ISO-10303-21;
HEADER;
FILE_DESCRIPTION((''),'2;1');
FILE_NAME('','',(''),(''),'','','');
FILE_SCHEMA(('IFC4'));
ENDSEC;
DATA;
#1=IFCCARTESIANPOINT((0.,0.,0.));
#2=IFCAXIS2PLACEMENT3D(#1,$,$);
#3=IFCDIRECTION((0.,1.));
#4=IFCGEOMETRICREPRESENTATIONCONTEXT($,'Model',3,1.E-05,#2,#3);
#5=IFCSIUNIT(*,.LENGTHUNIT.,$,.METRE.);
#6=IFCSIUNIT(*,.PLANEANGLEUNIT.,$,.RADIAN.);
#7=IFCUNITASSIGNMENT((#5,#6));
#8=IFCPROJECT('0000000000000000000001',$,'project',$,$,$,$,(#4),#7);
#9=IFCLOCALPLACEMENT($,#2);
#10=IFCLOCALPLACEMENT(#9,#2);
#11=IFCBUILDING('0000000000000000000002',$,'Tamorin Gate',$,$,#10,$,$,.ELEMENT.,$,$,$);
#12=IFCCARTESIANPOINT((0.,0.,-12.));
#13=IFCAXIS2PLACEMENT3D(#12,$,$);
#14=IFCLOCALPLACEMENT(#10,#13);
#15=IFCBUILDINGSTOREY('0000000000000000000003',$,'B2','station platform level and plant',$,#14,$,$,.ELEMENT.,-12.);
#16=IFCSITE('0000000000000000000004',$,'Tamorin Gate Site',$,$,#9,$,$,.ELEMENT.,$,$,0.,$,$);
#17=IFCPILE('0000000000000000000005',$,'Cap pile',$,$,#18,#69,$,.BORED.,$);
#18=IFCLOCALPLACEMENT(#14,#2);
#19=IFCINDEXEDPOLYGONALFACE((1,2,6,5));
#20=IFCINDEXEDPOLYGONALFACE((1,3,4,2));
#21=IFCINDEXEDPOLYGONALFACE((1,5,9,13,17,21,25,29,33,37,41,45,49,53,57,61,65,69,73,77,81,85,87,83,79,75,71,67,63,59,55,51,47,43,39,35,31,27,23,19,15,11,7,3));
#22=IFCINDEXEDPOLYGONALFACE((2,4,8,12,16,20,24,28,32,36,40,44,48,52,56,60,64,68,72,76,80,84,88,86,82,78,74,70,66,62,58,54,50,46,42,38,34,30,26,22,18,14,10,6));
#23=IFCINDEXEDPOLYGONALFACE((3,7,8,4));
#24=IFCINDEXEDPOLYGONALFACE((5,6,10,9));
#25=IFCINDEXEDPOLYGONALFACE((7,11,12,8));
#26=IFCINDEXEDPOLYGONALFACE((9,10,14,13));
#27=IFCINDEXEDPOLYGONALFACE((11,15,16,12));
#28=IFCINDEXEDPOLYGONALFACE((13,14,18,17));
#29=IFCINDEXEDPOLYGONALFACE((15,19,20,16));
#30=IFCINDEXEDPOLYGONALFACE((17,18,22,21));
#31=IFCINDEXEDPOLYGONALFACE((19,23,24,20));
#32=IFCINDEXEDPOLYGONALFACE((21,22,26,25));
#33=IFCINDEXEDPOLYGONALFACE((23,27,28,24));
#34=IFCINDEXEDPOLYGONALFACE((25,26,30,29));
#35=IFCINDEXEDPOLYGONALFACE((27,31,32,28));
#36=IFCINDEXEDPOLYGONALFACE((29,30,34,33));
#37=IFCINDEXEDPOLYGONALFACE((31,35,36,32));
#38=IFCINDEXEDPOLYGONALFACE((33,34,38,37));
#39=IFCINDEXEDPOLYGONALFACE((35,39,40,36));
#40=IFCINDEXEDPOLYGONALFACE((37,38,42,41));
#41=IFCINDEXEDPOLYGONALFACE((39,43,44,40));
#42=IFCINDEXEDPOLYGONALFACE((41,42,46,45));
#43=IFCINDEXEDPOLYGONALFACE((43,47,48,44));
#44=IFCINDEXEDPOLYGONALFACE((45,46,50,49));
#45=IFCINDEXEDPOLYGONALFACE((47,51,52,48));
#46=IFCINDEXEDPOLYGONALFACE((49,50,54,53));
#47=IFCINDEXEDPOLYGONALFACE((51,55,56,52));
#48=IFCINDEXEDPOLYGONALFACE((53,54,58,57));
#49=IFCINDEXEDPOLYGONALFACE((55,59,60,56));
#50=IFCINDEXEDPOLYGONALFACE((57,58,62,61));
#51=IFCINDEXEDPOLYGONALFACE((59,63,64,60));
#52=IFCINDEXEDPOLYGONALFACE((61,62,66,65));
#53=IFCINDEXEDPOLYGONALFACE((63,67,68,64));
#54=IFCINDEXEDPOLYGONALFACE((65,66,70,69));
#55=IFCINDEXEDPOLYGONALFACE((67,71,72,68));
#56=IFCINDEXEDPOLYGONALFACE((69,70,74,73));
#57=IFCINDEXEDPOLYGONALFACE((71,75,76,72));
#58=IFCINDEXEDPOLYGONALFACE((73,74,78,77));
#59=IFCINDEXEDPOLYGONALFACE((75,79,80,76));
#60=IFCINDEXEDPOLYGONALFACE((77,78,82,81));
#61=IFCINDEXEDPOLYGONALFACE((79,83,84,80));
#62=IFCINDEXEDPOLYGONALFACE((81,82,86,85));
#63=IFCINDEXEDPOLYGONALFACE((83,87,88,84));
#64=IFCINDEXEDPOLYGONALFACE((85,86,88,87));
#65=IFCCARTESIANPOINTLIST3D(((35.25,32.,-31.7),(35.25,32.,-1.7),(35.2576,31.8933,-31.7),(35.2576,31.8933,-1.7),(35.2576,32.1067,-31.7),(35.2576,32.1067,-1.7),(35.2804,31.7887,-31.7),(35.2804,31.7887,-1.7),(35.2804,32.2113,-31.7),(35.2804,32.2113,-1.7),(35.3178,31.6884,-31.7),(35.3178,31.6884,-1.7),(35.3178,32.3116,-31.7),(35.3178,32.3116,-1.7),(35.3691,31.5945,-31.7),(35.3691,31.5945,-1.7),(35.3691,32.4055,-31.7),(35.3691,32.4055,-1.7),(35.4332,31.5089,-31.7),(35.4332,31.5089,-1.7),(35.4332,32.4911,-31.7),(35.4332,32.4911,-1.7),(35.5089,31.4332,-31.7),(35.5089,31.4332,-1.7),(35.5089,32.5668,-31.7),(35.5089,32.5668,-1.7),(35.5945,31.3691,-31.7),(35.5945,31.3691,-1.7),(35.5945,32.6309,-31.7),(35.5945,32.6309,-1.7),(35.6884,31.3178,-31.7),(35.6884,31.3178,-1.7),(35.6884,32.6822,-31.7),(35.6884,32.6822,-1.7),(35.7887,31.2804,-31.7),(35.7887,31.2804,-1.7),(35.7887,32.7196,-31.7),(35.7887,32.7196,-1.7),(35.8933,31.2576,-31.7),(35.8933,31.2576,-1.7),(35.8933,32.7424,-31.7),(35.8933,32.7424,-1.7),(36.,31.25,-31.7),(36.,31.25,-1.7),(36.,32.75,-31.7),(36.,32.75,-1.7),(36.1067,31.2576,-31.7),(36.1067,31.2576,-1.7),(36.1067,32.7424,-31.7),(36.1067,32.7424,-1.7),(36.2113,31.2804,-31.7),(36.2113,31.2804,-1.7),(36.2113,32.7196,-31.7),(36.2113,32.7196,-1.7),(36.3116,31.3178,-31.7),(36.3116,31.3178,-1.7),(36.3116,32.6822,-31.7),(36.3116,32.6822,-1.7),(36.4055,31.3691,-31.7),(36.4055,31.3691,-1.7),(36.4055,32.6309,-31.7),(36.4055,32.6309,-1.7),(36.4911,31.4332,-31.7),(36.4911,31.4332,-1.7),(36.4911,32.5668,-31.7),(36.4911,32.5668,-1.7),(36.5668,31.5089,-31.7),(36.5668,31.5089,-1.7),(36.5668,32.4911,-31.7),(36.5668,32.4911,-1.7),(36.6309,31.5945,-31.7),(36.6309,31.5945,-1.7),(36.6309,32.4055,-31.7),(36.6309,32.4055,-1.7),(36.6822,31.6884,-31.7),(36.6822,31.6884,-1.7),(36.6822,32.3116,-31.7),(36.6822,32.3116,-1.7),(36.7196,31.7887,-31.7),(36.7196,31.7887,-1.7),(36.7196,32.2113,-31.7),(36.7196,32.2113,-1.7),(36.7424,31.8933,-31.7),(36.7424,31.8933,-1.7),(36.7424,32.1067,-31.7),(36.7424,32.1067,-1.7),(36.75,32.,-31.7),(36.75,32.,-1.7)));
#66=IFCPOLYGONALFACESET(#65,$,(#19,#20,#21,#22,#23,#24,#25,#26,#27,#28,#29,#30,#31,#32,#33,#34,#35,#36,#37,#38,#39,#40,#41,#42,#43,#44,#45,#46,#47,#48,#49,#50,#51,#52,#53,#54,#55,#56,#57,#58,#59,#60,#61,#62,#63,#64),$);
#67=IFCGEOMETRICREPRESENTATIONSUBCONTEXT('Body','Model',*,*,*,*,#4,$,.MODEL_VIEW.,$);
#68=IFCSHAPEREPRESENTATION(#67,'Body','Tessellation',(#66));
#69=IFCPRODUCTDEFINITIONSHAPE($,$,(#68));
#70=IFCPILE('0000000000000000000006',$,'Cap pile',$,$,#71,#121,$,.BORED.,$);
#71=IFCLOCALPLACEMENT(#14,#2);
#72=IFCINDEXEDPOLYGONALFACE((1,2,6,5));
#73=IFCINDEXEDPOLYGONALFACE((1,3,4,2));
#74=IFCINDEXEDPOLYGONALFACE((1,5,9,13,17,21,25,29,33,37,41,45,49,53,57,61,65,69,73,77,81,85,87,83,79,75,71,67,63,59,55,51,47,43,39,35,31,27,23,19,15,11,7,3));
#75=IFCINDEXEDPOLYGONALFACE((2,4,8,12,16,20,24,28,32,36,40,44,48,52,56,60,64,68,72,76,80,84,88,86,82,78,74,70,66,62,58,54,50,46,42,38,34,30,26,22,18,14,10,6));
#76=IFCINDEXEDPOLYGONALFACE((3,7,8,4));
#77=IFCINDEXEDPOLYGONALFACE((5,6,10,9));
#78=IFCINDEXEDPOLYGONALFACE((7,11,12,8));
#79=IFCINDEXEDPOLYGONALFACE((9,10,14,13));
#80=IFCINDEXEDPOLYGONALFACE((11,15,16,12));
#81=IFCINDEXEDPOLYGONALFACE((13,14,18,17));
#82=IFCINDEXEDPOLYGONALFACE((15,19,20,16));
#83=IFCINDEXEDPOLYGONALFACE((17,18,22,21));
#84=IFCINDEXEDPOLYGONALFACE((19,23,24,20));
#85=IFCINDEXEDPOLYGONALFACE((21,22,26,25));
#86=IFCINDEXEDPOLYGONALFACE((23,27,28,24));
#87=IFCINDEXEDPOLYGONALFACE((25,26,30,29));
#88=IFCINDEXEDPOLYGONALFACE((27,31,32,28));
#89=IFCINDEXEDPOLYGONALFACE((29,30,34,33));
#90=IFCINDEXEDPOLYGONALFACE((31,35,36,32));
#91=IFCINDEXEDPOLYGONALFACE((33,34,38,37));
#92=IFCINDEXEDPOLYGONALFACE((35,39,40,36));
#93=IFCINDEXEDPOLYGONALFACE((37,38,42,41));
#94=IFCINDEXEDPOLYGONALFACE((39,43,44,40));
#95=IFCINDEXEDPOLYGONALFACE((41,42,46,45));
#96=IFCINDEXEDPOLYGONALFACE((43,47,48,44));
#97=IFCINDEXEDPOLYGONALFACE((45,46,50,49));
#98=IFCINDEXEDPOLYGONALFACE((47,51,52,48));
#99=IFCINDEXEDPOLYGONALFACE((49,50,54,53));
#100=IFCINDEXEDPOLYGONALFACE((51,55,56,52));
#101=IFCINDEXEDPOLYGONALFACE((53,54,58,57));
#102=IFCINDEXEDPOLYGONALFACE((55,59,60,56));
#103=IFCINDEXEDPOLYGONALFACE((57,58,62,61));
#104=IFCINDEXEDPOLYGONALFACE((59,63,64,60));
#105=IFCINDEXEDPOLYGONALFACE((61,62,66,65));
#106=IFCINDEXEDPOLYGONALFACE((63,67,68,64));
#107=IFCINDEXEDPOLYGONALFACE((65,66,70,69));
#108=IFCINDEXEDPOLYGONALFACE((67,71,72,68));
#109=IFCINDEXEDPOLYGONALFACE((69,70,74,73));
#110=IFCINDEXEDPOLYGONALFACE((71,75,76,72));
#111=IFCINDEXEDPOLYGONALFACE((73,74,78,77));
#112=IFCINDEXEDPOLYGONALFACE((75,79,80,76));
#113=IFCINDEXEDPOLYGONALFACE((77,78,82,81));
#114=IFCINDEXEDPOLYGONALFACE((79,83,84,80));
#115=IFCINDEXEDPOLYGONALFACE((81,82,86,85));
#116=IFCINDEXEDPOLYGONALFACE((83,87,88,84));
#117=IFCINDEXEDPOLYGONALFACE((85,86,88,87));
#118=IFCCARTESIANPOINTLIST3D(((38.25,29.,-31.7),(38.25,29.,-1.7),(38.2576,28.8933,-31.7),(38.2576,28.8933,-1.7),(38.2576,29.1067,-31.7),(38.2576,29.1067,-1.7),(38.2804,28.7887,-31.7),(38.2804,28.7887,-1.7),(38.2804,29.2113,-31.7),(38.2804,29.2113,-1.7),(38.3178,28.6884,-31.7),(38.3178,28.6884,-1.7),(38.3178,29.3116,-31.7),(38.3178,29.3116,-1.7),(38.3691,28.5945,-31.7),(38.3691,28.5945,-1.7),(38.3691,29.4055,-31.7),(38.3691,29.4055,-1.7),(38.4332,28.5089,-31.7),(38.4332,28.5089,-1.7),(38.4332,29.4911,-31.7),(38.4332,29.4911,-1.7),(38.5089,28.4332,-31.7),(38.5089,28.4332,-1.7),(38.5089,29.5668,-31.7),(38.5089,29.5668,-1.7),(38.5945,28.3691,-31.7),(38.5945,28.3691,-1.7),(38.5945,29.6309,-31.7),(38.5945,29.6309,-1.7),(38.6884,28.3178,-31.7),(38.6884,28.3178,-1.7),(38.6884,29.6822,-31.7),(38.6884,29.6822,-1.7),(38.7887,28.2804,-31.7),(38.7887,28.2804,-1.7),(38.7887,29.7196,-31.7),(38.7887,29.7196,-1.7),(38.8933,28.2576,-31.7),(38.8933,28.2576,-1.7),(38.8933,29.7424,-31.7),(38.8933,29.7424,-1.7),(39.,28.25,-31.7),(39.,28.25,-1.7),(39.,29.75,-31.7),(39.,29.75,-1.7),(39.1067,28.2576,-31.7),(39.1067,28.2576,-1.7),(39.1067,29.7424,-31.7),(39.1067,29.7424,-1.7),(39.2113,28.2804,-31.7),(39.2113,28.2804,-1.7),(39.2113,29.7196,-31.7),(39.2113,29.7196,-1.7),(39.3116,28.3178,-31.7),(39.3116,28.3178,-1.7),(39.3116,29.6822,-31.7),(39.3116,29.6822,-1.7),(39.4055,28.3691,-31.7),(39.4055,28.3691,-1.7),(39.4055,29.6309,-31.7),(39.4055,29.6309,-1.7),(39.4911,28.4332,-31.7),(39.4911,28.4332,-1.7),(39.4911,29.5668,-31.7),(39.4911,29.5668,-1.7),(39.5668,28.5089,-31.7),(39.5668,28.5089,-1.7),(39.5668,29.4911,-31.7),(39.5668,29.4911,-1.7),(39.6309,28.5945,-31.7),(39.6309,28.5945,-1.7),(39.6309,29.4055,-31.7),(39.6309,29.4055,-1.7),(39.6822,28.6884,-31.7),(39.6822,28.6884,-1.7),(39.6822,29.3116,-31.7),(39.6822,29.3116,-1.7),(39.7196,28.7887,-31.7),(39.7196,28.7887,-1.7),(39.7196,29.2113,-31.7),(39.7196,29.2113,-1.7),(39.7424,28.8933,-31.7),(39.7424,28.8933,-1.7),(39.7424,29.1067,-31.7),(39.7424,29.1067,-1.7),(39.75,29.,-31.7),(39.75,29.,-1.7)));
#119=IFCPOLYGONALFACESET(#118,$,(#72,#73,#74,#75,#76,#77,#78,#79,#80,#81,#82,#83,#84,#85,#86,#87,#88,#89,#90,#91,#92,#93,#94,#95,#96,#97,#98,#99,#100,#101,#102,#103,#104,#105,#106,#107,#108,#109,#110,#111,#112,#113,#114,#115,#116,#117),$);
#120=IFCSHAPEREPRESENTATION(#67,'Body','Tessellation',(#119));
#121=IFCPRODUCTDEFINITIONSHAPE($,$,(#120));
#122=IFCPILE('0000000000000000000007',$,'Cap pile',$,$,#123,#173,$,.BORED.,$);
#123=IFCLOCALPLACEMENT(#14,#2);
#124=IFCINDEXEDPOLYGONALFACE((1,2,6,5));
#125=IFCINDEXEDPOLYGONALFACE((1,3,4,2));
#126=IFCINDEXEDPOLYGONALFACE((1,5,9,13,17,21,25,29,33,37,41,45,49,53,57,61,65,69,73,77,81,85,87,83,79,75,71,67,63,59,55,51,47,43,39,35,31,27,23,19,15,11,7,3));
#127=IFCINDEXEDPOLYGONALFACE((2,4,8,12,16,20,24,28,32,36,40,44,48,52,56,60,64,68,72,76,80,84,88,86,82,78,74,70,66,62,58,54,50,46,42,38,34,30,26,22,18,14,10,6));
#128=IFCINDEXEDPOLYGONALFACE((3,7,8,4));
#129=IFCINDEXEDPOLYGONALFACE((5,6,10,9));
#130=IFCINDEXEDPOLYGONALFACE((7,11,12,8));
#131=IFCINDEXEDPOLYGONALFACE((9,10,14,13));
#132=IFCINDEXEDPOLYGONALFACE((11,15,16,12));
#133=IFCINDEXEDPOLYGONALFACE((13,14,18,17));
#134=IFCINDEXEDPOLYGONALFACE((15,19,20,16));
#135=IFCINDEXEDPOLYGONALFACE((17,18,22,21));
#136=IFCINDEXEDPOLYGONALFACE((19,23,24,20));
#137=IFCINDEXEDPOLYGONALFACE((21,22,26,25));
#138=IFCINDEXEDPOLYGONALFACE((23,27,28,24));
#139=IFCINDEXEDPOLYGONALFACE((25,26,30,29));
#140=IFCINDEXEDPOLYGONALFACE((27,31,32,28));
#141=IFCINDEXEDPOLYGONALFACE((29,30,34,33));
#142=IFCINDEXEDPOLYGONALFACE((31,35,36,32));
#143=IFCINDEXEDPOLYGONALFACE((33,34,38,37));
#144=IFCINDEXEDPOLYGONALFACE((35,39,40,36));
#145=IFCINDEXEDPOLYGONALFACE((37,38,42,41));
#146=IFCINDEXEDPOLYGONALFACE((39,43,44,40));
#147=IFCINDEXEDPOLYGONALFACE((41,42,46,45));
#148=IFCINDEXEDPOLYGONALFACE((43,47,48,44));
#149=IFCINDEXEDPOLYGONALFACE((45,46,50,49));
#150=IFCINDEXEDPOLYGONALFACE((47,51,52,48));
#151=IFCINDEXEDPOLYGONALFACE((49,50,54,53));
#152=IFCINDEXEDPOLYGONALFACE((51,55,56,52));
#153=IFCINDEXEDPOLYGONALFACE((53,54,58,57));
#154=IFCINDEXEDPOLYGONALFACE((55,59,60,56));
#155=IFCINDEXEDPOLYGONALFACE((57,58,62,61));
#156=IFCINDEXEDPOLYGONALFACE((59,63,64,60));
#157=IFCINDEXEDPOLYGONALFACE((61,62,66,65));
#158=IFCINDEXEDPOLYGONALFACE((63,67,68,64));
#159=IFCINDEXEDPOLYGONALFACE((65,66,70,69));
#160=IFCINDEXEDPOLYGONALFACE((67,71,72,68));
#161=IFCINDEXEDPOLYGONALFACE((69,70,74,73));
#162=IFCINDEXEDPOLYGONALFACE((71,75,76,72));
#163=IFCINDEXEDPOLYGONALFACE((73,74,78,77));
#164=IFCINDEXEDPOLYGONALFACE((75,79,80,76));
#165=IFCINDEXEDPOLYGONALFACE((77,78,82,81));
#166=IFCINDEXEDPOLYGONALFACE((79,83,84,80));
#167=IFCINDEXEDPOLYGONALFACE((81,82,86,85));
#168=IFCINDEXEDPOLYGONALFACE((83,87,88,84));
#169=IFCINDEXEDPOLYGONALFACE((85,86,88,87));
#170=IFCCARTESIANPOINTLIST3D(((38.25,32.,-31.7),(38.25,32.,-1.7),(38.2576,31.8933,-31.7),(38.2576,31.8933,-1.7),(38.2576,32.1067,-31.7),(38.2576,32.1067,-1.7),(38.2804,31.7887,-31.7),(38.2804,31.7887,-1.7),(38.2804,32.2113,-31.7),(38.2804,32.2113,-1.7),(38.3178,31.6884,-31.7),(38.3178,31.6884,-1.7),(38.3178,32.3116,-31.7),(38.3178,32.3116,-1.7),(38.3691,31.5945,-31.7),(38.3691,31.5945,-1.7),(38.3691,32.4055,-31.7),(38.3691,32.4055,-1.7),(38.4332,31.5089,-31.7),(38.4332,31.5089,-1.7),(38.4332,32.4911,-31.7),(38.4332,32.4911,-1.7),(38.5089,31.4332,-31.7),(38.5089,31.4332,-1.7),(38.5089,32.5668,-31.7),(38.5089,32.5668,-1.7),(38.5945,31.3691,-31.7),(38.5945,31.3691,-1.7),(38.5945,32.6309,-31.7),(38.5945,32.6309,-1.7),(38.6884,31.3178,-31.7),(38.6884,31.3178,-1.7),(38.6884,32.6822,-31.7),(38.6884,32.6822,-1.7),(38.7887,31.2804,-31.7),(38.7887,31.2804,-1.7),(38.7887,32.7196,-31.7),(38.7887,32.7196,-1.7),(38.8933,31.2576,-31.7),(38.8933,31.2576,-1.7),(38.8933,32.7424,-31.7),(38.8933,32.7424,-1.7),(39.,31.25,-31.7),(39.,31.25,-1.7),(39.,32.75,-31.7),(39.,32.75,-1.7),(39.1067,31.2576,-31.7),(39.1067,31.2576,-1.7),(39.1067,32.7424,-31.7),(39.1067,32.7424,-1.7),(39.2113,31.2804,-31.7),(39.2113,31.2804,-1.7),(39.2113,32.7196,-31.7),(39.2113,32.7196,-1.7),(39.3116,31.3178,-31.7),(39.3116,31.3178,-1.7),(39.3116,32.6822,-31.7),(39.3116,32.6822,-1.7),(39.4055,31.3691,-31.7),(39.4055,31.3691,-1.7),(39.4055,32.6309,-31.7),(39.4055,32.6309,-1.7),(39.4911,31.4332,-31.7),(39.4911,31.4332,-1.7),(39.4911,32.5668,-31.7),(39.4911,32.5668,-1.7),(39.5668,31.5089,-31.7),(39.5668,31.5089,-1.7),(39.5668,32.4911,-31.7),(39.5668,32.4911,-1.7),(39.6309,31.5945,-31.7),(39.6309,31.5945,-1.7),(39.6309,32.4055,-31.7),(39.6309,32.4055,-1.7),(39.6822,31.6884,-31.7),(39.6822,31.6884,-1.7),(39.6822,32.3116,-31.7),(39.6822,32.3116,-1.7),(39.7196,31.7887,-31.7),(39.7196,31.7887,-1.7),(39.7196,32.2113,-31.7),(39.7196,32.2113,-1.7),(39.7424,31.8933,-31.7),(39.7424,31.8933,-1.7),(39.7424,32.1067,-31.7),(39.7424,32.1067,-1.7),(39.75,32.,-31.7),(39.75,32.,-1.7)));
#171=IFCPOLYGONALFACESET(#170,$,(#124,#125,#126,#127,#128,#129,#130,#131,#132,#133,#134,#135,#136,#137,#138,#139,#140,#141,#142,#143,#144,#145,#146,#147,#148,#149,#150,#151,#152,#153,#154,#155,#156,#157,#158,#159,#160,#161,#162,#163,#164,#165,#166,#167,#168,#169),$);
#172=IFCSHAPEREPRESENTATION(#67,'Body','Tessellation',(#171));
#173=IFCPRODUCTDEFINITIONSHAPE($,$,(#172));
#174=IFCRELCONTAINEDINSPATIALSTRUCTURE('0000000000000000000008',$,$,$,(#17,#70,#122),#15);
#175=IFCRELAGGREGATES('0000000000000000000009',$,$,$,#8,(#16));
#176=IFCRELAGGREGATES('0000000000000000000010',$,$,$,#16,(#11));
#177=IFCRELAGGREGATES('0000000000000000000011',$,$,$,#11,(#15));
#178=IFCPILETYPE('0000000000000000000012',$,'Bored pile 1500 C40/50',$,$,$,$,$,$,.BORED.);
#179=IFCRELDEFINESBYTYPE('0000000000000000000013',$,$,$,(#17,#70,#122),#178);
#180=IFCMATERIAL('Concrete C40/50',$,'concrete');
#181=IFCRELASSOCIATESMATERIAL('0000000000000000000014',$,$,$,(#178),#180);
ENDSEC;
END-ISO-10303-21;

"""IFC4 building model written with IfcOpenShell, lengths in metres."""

from ifc_helpers import new_model, si_unit, direction, frame, origin, origin_2d, place, context, subcontext, project, spatial, circle, extrude, material, material_profile, profile_set, type_object, element, save


model = new_model("IFC4")

# Units and contexts
model_context = context("Model", 3, precision=1e-05, world=origin(), true_north=direction((0.0, 1.0)))
body_context = subcontext(model_context, "Body", "Model", "MODEL_VIEW")
ifc_project = project(units=[si_unit("LENGTHUNIT", "METRE"), si_unit("PLANEANGLEUNIT", "RADIAN")], contexts=[model_context])

# Site, building, storey
site_placement = place(None, origin())
site = spatial("IfcSite", under=ifc_project, at=site_placement, Name="Tamorin Gate Site", CompositionType="ELEMENT", RefElevation=0.0)
building_placement = place(site_placement, origin())
building = spatial("IfcBuilding", under=site, at=building_placement, Name="Tamorin Gate", CompositionType="ELEMENT")
storey_placement = place(building_placement, frame((0.0, 0.0, -12.0)))
storey = spatial("IfcBuildingStorey", under=building, at=storey_placement, Name="B2", Description="station platform level and plant", CompositionType="ELEMENT", Elevation=-12.0)

# Piles
ifc_material_1 = material(Name="Concrete C40/50", Category="concrete")
ifc_material_profile_1 = material_profile(ifc_material_1, circle(Radius=0.75, at=origin_2d()))
ifc_profile_set_1 = profile_set([ifc_material_profile_1], Name="Concrete C40/50")
pile_type = type_object("IfcPileType", Name="Bored pile 1500 C40/50", PredefinedType="BORED", material=ifc_profile_set_1)
for number, where, z_axis, x_axis, name in (
    (1, (36.0, 32.0, -1.7), (0.0, 0.0, -1.0), (1.0, 0.0, 0.0), "Cap pile"),
    (2, (39.0, 29.0, -1.7), (0.0, 0.0, -1.0), (1.0, 0.0, 0.0), "Cap pile"),
    (3, (39.0, 32.0, -1.7), (0.0, 0.0, -1.0), (1.0, 0.0, 0.0), "Cap pile"),
):
    element("IfcPile", number, at=place(storey_placement, frame(where, z_axis=z_axis, x_axis=x_axis)), inside=storey, type_object=pile_type, Name=name, PredefinedType="BORED", context=body_context, shape_type="SweptSolid", body=[
        extrude(circle(Radius=0.75, at=origin_2d()), origin(), (0.0, 0.0, 1.0), 30.0),
    ])

save(model, "model.ifc")
